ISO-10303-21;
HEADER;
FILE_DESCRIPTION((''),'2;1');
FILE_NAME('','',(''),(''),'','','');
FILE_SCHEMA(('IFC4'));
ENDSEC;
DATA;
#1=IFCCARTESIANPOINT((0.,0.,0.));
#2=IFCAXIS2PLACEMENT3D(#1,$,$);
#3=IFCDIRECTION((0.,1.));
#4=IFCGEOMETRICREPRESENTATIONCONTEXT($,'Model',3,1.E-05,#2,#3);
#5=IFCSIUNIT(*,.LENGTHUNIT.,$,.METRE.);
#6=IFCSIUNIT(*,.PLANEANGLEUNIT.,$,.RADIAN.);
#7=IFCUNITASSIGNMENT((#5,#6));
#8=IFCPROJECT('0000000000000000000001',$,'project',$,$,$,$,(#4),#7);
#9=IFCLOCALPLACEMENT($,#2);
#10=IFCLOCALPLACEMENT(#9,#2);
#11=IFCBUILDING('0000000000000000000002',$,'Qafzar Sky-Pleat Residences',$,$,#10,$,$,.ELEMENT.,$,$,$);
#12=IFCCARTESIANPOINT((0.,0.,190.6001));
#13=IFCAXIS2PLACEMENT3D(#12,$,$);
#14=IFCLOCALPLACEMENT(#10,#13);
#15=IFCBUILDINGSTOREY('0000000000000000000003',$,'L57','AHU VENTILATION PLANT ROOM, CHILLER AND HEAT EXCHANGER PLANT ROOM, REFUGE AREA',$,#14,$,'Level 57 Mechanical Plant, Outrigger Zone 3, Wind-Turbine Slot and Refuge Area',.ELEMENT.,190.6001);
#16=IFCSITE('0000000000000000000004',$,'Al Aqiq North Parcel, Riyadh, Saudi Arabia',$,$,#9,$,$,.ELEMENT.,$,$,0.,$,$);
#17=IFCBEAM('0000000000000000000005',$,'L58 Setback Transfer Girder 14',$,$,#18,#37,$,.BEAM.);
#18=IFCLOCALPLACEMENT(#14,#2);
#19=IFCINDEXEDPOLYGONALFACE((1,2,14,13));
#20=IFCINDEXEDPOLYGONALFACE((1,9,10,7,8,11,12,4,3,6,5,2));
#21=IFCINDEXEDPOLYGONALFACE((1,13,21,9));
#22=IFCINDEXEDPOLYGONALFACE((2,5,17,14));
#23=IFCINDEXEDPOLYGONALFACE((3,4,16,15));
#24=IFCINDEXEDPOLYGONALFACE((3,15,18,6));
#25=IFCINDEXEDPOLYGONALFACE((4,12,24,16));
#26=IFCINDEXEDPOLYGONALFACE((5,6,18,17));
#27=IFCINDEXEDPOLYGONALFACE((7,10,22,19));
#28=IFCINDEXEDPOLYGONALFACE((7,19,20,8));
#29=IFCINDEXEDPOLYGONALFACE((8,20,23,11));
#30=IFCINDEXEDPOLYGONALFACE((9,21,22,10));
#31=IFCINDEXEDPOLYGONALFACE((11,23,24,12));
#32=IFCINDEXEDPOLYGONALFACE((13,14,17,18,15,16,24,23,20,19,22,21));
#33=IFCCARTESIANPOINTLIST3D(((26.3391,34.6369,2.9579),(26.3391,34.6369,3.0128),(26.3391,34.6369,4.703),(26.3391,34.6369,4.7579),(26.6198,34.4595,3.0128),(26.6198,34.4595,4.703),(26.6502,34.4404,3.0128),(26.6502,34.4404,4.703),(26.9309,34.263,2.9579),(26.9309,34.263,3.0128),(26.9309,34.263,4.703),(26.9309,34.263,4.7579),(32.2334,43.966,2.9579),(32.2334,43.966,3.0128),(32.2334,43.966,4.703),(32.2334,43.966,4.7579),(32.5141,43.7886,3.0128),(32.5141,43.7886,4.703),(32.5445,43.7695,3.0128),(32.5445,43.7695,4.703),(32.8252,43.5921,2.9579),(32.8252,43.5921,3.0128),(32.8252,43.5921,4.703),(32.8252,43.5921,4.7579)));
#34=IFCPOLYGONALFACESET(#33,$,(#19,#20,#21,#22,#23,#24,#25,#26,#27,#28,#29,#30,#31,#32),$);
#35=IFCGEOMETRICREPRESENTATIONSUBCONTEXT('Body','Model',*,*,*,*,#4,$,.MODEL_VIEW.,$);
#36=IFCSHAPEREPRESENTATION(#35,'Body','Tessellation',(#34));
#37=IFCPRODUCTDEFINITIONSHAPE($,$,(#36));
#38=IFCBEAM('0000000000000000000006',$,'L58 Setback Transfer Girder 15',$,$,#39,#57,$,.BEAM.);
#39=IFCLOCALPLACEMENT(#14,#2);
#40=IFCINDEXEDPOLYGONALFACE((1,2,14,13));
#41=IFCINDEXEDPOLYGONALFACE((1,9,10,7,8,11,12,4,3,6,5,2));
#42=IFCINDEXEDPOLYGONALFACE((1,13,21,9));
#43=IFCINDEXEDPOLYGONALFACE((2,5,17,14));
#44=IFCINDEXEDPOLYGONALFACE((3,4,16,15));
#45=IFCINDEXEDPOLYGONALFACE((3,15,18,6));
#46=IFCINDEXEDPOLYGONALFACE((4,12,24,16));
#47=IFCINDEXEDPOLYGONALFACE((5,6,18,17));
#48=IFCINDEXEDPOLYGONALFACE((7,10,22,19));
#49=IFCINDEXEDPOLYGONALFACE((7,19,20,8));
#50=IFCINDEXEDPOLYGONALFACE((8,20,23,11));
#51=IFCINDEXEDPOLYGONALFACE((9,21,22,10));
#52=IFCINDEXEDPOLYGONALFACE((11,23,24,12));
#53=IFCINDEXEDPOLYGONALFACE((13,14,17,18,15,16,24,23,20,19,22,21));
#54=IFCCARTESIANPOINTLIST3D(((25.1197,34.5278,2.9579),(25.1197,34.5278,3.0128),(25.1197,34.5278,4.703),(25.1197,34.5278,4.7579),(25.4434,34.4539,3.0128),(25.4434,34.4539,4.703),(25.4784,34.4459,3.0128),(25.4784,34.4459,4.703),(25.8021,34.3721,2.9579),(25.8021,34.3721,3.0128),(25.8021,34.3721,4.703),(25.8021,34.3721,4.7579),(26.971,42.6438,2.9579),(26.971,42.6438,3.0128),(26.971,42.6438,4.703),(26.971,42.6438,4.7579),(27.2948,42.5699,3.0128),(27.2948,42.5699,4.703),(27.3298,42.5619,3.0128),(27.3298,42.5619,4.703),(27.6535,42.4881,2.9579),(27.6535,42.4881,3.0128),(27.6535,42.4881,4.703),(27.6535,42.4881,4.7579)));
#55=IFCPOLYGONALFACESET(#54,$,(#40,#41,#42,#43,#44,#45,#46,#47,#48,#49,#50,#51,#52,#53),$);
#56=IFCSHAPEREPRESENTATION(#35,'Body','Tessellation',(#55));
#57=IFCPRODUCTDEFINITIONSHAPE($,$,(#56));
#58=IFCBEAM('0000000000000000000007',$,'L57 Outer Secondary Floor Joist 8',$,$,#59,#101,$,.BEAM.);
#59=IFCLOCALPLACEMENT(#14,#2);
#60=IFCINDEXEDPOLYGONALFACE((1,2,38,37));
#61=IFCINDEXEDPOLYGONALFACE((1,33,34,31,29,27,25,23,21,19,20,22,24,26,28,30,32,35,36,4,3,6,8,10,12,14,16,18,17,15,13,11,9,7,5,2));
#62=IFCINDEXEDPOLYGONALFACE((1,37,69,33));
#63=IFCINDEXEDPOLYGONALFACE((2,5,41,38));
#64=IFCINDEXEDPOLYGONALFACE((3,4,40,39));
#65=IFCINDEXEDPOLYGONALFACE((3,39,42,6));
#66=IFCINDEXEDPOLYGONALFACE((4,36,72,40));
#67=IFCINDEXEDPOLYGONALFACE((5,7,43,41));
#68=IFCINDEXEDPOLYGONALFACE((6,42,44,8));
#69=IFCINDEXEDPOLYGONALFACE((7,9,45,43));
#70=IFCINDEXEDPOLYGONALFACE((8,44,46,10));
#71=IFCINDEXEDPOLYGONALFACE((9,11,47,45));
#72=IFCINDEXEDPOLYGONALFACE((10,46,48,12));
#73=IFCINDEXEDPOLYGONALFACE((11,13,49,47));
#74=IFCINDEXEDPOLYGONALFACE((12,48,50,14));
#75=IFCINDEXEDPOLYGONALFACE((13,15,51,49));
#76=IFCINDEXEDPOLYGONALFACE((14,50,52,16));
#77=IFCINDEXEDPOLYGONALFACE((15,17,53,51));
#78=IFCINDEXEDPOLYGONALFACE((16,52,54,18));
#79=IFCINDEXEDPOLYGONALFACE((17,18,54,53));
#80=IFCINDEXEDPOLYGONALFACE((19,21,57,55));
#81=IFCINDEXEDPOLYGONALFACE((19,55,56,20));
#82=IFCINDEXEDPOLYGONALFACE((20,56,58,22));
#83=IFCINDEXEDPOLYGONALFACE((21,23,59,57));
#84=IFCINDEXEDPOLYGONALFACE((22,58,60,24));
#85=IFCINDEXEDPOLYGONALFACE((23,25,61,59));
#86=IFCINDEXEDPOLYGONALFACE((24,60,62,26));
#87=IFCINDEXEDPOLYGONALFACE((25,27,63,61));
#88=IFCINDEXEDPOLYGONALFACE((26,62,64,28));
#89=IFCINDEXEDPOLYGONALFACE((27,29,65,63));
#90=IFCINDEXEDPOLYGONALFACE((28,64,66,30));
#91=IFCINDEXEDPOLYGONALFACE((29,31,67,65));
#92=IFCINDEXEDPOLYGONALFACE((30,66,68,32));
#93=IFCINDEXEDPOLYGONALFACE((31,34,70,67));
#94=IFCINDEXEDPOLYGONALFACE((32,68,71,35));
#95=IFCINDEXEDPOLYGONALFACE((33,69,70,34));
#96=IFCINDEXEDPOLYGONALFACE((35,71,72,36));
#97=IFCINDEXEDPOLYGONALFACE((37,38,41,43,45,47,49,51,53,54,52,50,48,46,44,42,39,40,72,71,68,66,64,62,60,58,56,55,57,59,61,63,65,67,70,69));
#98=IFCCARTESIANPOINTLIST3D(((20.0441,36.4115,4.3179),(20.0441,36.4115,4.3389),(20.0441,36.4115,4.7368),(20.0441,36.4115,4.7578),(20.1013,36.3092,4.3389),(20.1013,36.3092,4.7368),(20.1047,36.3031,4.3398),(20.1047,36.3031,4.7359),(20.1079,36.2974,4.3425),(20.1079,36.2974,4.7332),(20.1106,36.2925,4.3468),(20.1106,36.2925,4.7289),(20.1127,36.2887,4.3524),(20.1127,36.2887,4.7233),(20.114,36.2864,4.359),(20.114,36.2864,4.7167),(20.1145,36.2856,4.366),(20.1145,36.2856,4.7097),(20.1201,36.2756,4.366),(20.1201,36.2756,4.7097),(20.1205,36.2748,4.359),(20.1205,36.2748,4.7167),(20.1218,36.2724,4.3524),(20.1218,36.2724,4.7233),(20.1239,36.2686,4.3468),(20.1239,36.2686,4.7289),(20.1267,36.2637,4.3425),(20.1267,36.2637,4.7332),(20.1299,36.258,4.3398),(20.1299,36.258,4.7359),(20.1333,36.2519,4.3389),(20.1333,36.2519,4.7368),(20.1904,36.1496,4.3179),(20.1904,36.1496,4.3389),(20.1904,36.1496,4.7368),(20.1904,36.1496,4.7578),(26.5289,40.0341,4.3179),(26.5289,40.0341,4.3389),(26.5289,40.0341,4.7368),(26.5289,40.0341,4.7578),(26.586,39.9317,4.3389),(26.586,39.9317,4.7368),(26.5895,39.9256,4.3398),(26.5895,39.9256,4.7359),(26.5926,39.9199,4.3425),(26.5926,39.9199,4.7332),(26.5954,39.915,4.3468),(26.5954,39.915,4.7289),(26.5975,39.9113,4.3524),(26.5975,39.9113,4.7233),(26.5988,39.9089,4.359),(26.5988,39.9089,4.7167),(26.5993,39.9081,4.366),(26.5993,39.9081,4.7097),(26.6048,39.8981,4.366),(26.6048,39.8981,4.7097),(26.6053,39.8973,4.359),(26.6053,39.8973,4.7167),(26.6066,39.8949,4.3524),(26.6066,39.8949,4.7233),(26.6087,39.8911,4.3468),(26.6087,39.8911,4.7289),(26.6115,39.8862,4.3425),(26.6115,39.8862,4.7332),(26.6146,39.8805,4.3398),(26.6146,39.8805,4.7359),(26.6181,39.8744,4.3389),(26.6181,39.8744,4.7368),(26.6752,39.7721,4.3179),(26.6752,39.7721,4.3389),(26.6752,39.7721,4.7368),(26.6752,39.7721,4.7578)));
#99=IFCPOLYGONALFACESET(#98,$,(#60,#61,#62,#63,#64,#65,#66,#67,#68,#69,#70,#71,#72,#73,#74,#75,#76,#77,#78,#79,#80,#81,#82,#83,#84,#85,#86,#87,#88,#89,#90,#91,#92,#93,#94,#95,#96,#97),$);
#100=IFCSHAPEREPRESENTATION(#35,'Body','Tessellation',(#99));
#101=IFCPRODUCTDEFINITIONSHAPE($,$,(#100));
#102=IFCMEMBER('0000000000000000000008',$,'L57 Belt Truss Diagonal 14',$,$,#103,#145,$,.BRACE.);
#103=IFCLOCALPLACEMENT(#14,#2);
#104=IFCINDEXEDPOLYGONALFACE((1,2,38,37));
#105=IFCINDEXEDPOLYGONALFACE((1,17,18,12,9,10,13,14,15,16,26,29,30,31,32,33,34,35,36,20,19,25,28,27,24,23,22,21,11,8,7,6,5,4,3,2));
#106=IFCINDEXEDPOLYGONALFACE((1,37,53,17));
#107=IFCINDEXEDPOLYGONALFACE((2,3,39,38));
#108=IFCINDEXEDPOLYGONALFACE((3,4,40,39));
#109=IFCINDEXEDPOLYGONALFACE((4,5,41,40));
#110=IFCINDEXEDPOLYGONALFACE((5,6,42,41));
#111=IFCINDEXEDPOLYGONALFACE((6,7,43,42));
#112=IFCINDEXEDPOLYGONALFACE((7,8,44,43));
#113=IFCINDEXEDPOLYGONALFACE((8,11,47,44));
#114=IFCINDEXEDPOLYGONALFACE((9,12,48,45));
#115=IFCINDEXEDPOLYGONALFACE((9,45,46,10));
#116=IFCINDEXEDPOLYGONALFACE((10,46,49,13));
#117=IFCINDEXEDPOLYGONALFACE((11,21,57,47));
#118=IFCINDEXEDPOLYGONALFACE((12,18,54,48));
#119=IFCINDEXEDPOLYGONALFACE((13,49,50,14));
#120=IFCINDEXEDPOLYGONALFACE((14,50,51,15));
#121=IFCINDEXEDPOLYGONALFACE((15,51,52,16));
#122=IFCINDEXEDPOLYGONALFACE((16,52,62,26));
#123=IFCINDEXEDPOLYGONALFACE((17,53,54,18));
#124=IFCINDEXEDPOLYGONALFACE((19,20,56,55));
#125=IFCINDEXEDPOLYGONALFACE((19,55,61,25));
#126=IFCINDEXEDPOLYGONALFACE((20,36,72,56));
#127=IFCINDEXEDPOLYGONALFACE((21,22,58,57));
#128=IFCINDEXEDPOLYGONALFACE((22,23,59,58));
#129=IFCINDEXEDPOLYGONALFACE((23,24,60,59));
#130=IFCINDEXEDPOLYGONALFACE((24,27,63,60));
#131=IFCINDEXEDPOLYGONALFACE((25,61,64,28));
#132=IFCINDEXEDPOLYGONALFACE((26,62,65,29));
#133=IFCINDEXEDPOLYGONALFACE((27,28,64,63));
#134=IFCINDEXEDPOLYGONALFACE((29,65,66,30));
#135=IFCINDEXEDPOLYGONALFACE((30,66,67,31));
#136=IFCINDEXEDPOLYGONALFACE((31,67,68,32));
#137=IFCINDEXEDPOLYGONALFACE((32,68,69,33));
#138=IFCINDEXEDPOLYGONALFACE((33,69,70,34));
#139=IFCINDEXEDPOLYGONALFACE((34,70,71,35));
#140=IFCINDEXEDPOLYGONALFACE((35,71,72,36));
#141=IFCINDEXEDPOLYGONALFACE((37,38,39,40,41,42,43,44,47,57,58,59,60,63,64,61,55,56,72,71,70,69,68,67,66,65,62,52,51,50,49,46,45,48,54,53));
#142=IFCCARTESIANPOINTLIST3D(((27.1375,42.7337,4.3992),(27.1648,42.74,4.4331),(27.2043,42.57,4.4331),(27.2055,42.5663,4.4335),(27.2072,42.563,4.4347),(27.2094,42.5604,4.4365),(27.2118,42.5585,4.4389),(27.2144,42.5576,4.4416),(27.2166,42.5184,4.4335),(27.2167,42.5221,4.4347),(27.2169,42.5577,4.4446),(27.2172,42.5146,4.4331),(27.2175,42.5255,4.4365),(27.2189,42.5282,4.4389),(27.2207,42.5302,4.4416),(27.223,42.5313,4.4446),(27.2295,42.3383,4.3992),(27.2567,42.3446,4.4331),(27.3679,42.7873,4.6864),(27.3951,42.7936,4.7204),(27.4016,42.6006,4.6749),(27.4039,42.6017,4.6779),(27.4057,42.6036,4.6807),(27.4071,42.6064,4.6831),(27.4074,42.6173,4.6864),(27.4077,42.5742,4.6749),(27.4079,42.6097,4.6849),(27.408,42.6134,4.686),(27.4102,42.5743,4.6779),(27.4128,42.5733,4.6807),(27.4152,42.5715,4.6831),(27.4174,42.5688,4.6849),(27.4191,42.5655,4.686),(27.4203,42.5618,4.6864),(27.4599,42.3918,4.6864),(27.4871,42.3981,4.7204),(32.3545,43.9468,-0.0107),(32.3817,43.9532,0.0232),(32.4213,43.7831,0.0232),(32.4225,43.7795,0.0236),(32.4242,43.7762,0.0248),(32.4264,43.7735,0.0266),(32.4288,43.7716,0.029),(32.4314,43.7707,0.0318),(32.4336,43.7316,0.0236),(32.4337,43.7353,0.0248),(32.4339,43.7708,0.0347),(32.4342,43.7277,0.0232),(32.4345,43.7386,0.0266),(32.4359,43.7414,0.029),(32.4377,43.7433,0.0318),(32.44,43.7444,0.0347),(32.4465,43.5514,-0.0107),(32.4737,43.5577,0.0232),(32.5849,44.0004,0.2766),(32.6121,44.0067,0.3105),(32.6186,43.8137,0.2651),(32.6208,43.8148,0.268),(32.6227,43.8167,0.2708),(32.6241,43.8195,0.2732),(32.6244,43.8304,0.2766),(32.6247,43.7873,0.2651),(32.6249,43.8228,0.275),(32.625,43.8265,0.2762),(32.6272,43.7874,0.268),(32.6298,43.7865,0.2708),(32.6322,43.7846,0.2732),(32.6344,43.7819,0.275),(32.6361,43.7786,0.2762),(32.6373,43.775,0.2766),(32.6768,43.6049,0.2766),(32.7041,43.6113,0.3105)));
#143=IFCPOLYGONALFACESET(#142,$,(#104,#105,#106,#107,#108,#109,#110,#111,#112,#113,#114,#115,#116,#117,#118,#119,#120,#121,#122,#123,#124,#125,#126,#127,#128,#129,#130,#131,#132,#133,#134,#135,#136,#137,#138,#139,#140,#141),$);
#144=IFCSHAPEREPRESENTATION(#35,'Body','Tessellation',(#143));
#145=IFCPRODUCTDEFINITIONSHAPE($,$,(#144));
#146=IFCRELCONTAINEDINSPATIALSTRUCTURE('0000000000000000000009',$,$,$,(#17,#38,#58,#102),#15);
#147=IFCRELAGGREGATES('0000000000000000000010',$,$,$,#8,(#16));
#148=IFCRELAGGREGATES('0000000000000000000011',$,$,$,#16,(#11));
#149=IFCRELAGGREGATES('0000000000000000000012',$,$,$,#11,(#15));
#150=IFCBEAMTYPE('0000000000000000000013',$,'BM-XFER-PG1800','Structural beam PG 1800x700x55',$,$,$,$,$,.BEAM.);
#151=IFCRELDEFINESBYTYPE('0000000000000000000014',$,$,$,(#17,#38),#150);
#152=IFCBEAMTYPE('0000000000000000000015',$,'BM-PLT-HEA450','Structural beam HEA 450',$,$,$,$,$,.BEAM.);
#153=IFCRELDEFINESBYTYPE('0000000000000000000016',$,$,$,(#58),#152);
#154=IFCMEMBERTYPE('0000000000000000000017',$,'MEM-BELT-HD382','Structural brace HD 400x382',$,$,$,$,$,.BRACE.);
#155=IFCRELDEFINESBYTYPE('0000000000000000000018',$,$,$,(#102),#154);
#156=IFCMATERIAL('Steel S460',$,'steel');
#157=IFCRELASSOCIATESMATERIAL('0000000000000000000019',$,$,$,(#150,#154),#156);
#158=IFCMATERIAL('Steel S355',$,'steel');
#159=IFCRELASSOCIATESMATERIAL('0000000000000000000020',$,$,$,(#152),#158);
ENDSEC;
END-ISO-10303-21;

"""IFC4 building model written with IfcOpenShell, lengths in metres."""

from ifc_helpers import new_model, si_unit, direction, frame, origin, origin_2d, place, context, subcontext, project, spatial, i_section, extrude, source, transform, mapped, material, material_profile, profile_set, type_object, element, save


model = new_model("IFC4")

# Units and contexts
model_context = context("Model", 3, precision=1e-05, world=origin(), true_north=direction((0.0, 1.0)))
body_context = subcontext(model_context, "Body", "Model", "MODEL_VIEW")
ifc_project = project(units=[si_unit("LENGTHUNIT", "METRE"), si_unit("PLANEANGLEUNIT", "RADIAN")], contexts=[model_context])

# Site, building, storey
site_placement = place(None, origin())
site = spatial("IfcSite", under=ifc_project, at=site_placement, Name="Al Aqiq North Parcel, Riyadh, Saudi Arabia", CompositionType="ELEMENT", RefElevation=0.0)
building_placement = place(site_placement, origin())
building = spatial("IfcBuilding", under=site, at=building_placement, Name="Qafzar Sky-Pleat Residences", CompositionType="ELEMENT")
storey_placement = place(building_placement, frame((0.0, 0.0, 190.6001)))
storey = spatial("IfcBuildingStorey", under=building, at=storey_placement, Name="L57", Description="AHU VENTILATION PLANT ROOM, CHILLER AND HEAT EXCHANGER PLANT ROOM, REFUGE AREA", LongName="Level 57 Mechanical Plant, Outrigger Zone 3, Wind-Turbine Slot and Refuge Area", CompositionType="ELEMENT", Elevation=190.6001)

# Shared definitions
ifc_material_1 = material(Name="Steel S355", Category="steel")

# Beams
ifc_material_2 = material(Name="Steel S460", Category="steel")
ifc_material_profile_1 = material_profile(ifc_material_2, i_section(OverallWidth=0.7, OverallDepth=1.8, WebThickness=0.0359, FlangeThickness=0.0549, at=origin_2d()), Name="PG 1800x700x55")
ifc_profile_set_1 = profile_set([ifc_material_profile_1], Name="Steel S460")
beam_type_1 = type_object("IfcBeamType", Name="BM-XFER-PG1800", Description="Structural beam PG 1800x700x55", PredefinedType="BEAM", material=ifc_profile_set_1)
shared_shape_1 = source(origin(), body_context, "Body", "SweptSolid", [
    extrude(i_section(OverallWidth=0.7, OverallDepth=1.8, WebThickness=0.0359, FlangeThickness=0.0549, at=origin_2d()), origin(), (0.0, 0.0, 1.0), 11.0352),
])
beam_1_placement = place(storey_placement, frame((32.5293, 43.7791, 3.8579), z_axis=(-0.534137, -0.845398, 0.0), x_axis=(0.845398, -0.534137, 0.0)))
element("IfcBeam", 1, at=beam_1_placement, inside=storey, type_object=beam_type_1, Name="L58 Setback Transfer Girder 14", PredefinedType="BEAM", context=body_context, shape_type="MappedRepresentation", body=[
    mapped(shared_shape_1, transform((0.0, 0.0, 0.0), x_axis=(1.0, 0.0, 0.0), y_axis=(0.0, 1.0, 0.0), z_axis=(0.0, 0.0, 1.0), scale=1.0)),
])
shared_shape_2 = source(origin(), body_context, "Body", "SweptSolid", [
    extrude(i_section(OverallWidth=0.7, OverallDepth=1.8, WebThickness=0.0359, FlangeThickness=0.0549, at=origin_2d()), origin(), (0.0, 0.0, 1.0), 8.3245),
])
beam_2_placement = place(storey_placement, frame((27.3123, 42.5659, 3.8579), z_axis=(-0.222396, -0.974957, 0.0), x_axis=(0.974957, -0.222396, 0.0)))
element("IfcBeam", 2, at=beam_2_placement, inside=storey, type_object=beam_type_1, Name="L58 Setback Transfer Girder 15", PredefinedType="BEAM", context=body_context, shape_type="MappedRepresentation", body=[
    mapped(shared_shape_2, transform((0.0, 0.0, 0.0), x_axis=(1.0, 0.0, 0.0), y_axis=(0.0, 1.0, 0.0), z_axis=(0.0, 0.0, 1.0), scale=1.0)),
])
ifc_material_profile_2 = material_profile(ifc_material_1, i_section(OverallWidth=0.3, OverallDepth=0.4399, WebThickness=0.0115, FlangeThickness=0.021, FilletRadius=0.0271, at=origin_2d()), Name="HEA 450")
ifc_profile_set_2 = profile_set([ifc_material_profile_2], Name="Steel S355")
beam_type_2 = type_object("IfcBeamType", Name="BM-PLT-HEA450", Description="Structural beam HEA 450", PredefinedType="BEAM", material=ifc_profile_set_2)
shared_shape_3 = source(origin(), body_context, "Body", "SweptSolid", [
    extrude(i_section(OverallWidth=0.3, OverallDepth=0.4399, WebThickness=0.0115, FlangeThickness=0.021, FilletRadius=0.0271, at=origin_2d()), origin(), (0.0, 0.0, 1.0), 7.428),
])
beam_3_placement = place(storey_placement, frame((26.6021, 39.9031, 4.5378), z_axis=(-0.87302, -0.487684, 0.0), x_axis=(0.487684, -0.87302, 0.0)))
element("IfcBeam", 3, at=beam_3_placement, inside=storey, type_object=beam_type_2, Name="L57 Outer Secondary Floor Joist 8", PredefinedType="BEAM", context=body_context, shape_type="MappedRepresentation", body=[
    mapped(shared_shape_3, transform((0.0, 0.0, 0.0), x_axis=(1.0, 0.0, 0.0), y_axis=(0.0, 1.0, 0.0), z_axis=(0.0, 0.0, 1.0), scale=1.0)),
])

# Member
ifc_material_profile_3 = material_profile(ifc_material_2, i_section(OverallWidth=0.406, OverallDepth=0.416, WebThickness=0.0271, FlangeThickness=0.0439, FilletRadius=0.0149, at=origin_2d()), Name="HD 400x382")
ifc_profile_set_3 = profile_set([ifc_material_profile_3], Name="Steel S460")
member_type_1 = type_object("IfcMemberType", Name="MEM-BELT-HD382", Description="Structural brace HD 400x382", PredefinedType="BRACE", material=ifc_profile_set_3)
shared_shape_4 = source(origin(), body_context, "Body", "SweptSolid", [
    extrude(i_section(OverallWidth=0.406, OverallDepth=0.416, WebThickness=0.0271, FlangeThickness=0.0439, FilletRadius=0.0149, at=origin_2d()), origin(), (0.0, 0.0, 1.0), 6.938),
])
member_1_placement = place(storey_placement, frame((32.5293, 43.7791, 0.1499), z_axis=(-0.751946, -0.174852, 0.635613), x_axis=(0.22649, -0.974013, 0.0)))
element("IfcMember", 4, at=member_1_placement, inside=storey, type_object=member_type_1, Name="L57 Belt Truss Diagonal 14", PredefinedType="BRACE", context=body_context, shape_type="MappedRepresentation", body=[
    mapped(shared_shape_4, transform((0.0, 0.0, 0.0), x_axis=(1.0, 0.0, 0.0), y_axis=(0.0, 1.0, 0.0), z_axis=(0.0, 0.0, 1.0), scale=1.0)),
])

save(model, "model.ifc")
